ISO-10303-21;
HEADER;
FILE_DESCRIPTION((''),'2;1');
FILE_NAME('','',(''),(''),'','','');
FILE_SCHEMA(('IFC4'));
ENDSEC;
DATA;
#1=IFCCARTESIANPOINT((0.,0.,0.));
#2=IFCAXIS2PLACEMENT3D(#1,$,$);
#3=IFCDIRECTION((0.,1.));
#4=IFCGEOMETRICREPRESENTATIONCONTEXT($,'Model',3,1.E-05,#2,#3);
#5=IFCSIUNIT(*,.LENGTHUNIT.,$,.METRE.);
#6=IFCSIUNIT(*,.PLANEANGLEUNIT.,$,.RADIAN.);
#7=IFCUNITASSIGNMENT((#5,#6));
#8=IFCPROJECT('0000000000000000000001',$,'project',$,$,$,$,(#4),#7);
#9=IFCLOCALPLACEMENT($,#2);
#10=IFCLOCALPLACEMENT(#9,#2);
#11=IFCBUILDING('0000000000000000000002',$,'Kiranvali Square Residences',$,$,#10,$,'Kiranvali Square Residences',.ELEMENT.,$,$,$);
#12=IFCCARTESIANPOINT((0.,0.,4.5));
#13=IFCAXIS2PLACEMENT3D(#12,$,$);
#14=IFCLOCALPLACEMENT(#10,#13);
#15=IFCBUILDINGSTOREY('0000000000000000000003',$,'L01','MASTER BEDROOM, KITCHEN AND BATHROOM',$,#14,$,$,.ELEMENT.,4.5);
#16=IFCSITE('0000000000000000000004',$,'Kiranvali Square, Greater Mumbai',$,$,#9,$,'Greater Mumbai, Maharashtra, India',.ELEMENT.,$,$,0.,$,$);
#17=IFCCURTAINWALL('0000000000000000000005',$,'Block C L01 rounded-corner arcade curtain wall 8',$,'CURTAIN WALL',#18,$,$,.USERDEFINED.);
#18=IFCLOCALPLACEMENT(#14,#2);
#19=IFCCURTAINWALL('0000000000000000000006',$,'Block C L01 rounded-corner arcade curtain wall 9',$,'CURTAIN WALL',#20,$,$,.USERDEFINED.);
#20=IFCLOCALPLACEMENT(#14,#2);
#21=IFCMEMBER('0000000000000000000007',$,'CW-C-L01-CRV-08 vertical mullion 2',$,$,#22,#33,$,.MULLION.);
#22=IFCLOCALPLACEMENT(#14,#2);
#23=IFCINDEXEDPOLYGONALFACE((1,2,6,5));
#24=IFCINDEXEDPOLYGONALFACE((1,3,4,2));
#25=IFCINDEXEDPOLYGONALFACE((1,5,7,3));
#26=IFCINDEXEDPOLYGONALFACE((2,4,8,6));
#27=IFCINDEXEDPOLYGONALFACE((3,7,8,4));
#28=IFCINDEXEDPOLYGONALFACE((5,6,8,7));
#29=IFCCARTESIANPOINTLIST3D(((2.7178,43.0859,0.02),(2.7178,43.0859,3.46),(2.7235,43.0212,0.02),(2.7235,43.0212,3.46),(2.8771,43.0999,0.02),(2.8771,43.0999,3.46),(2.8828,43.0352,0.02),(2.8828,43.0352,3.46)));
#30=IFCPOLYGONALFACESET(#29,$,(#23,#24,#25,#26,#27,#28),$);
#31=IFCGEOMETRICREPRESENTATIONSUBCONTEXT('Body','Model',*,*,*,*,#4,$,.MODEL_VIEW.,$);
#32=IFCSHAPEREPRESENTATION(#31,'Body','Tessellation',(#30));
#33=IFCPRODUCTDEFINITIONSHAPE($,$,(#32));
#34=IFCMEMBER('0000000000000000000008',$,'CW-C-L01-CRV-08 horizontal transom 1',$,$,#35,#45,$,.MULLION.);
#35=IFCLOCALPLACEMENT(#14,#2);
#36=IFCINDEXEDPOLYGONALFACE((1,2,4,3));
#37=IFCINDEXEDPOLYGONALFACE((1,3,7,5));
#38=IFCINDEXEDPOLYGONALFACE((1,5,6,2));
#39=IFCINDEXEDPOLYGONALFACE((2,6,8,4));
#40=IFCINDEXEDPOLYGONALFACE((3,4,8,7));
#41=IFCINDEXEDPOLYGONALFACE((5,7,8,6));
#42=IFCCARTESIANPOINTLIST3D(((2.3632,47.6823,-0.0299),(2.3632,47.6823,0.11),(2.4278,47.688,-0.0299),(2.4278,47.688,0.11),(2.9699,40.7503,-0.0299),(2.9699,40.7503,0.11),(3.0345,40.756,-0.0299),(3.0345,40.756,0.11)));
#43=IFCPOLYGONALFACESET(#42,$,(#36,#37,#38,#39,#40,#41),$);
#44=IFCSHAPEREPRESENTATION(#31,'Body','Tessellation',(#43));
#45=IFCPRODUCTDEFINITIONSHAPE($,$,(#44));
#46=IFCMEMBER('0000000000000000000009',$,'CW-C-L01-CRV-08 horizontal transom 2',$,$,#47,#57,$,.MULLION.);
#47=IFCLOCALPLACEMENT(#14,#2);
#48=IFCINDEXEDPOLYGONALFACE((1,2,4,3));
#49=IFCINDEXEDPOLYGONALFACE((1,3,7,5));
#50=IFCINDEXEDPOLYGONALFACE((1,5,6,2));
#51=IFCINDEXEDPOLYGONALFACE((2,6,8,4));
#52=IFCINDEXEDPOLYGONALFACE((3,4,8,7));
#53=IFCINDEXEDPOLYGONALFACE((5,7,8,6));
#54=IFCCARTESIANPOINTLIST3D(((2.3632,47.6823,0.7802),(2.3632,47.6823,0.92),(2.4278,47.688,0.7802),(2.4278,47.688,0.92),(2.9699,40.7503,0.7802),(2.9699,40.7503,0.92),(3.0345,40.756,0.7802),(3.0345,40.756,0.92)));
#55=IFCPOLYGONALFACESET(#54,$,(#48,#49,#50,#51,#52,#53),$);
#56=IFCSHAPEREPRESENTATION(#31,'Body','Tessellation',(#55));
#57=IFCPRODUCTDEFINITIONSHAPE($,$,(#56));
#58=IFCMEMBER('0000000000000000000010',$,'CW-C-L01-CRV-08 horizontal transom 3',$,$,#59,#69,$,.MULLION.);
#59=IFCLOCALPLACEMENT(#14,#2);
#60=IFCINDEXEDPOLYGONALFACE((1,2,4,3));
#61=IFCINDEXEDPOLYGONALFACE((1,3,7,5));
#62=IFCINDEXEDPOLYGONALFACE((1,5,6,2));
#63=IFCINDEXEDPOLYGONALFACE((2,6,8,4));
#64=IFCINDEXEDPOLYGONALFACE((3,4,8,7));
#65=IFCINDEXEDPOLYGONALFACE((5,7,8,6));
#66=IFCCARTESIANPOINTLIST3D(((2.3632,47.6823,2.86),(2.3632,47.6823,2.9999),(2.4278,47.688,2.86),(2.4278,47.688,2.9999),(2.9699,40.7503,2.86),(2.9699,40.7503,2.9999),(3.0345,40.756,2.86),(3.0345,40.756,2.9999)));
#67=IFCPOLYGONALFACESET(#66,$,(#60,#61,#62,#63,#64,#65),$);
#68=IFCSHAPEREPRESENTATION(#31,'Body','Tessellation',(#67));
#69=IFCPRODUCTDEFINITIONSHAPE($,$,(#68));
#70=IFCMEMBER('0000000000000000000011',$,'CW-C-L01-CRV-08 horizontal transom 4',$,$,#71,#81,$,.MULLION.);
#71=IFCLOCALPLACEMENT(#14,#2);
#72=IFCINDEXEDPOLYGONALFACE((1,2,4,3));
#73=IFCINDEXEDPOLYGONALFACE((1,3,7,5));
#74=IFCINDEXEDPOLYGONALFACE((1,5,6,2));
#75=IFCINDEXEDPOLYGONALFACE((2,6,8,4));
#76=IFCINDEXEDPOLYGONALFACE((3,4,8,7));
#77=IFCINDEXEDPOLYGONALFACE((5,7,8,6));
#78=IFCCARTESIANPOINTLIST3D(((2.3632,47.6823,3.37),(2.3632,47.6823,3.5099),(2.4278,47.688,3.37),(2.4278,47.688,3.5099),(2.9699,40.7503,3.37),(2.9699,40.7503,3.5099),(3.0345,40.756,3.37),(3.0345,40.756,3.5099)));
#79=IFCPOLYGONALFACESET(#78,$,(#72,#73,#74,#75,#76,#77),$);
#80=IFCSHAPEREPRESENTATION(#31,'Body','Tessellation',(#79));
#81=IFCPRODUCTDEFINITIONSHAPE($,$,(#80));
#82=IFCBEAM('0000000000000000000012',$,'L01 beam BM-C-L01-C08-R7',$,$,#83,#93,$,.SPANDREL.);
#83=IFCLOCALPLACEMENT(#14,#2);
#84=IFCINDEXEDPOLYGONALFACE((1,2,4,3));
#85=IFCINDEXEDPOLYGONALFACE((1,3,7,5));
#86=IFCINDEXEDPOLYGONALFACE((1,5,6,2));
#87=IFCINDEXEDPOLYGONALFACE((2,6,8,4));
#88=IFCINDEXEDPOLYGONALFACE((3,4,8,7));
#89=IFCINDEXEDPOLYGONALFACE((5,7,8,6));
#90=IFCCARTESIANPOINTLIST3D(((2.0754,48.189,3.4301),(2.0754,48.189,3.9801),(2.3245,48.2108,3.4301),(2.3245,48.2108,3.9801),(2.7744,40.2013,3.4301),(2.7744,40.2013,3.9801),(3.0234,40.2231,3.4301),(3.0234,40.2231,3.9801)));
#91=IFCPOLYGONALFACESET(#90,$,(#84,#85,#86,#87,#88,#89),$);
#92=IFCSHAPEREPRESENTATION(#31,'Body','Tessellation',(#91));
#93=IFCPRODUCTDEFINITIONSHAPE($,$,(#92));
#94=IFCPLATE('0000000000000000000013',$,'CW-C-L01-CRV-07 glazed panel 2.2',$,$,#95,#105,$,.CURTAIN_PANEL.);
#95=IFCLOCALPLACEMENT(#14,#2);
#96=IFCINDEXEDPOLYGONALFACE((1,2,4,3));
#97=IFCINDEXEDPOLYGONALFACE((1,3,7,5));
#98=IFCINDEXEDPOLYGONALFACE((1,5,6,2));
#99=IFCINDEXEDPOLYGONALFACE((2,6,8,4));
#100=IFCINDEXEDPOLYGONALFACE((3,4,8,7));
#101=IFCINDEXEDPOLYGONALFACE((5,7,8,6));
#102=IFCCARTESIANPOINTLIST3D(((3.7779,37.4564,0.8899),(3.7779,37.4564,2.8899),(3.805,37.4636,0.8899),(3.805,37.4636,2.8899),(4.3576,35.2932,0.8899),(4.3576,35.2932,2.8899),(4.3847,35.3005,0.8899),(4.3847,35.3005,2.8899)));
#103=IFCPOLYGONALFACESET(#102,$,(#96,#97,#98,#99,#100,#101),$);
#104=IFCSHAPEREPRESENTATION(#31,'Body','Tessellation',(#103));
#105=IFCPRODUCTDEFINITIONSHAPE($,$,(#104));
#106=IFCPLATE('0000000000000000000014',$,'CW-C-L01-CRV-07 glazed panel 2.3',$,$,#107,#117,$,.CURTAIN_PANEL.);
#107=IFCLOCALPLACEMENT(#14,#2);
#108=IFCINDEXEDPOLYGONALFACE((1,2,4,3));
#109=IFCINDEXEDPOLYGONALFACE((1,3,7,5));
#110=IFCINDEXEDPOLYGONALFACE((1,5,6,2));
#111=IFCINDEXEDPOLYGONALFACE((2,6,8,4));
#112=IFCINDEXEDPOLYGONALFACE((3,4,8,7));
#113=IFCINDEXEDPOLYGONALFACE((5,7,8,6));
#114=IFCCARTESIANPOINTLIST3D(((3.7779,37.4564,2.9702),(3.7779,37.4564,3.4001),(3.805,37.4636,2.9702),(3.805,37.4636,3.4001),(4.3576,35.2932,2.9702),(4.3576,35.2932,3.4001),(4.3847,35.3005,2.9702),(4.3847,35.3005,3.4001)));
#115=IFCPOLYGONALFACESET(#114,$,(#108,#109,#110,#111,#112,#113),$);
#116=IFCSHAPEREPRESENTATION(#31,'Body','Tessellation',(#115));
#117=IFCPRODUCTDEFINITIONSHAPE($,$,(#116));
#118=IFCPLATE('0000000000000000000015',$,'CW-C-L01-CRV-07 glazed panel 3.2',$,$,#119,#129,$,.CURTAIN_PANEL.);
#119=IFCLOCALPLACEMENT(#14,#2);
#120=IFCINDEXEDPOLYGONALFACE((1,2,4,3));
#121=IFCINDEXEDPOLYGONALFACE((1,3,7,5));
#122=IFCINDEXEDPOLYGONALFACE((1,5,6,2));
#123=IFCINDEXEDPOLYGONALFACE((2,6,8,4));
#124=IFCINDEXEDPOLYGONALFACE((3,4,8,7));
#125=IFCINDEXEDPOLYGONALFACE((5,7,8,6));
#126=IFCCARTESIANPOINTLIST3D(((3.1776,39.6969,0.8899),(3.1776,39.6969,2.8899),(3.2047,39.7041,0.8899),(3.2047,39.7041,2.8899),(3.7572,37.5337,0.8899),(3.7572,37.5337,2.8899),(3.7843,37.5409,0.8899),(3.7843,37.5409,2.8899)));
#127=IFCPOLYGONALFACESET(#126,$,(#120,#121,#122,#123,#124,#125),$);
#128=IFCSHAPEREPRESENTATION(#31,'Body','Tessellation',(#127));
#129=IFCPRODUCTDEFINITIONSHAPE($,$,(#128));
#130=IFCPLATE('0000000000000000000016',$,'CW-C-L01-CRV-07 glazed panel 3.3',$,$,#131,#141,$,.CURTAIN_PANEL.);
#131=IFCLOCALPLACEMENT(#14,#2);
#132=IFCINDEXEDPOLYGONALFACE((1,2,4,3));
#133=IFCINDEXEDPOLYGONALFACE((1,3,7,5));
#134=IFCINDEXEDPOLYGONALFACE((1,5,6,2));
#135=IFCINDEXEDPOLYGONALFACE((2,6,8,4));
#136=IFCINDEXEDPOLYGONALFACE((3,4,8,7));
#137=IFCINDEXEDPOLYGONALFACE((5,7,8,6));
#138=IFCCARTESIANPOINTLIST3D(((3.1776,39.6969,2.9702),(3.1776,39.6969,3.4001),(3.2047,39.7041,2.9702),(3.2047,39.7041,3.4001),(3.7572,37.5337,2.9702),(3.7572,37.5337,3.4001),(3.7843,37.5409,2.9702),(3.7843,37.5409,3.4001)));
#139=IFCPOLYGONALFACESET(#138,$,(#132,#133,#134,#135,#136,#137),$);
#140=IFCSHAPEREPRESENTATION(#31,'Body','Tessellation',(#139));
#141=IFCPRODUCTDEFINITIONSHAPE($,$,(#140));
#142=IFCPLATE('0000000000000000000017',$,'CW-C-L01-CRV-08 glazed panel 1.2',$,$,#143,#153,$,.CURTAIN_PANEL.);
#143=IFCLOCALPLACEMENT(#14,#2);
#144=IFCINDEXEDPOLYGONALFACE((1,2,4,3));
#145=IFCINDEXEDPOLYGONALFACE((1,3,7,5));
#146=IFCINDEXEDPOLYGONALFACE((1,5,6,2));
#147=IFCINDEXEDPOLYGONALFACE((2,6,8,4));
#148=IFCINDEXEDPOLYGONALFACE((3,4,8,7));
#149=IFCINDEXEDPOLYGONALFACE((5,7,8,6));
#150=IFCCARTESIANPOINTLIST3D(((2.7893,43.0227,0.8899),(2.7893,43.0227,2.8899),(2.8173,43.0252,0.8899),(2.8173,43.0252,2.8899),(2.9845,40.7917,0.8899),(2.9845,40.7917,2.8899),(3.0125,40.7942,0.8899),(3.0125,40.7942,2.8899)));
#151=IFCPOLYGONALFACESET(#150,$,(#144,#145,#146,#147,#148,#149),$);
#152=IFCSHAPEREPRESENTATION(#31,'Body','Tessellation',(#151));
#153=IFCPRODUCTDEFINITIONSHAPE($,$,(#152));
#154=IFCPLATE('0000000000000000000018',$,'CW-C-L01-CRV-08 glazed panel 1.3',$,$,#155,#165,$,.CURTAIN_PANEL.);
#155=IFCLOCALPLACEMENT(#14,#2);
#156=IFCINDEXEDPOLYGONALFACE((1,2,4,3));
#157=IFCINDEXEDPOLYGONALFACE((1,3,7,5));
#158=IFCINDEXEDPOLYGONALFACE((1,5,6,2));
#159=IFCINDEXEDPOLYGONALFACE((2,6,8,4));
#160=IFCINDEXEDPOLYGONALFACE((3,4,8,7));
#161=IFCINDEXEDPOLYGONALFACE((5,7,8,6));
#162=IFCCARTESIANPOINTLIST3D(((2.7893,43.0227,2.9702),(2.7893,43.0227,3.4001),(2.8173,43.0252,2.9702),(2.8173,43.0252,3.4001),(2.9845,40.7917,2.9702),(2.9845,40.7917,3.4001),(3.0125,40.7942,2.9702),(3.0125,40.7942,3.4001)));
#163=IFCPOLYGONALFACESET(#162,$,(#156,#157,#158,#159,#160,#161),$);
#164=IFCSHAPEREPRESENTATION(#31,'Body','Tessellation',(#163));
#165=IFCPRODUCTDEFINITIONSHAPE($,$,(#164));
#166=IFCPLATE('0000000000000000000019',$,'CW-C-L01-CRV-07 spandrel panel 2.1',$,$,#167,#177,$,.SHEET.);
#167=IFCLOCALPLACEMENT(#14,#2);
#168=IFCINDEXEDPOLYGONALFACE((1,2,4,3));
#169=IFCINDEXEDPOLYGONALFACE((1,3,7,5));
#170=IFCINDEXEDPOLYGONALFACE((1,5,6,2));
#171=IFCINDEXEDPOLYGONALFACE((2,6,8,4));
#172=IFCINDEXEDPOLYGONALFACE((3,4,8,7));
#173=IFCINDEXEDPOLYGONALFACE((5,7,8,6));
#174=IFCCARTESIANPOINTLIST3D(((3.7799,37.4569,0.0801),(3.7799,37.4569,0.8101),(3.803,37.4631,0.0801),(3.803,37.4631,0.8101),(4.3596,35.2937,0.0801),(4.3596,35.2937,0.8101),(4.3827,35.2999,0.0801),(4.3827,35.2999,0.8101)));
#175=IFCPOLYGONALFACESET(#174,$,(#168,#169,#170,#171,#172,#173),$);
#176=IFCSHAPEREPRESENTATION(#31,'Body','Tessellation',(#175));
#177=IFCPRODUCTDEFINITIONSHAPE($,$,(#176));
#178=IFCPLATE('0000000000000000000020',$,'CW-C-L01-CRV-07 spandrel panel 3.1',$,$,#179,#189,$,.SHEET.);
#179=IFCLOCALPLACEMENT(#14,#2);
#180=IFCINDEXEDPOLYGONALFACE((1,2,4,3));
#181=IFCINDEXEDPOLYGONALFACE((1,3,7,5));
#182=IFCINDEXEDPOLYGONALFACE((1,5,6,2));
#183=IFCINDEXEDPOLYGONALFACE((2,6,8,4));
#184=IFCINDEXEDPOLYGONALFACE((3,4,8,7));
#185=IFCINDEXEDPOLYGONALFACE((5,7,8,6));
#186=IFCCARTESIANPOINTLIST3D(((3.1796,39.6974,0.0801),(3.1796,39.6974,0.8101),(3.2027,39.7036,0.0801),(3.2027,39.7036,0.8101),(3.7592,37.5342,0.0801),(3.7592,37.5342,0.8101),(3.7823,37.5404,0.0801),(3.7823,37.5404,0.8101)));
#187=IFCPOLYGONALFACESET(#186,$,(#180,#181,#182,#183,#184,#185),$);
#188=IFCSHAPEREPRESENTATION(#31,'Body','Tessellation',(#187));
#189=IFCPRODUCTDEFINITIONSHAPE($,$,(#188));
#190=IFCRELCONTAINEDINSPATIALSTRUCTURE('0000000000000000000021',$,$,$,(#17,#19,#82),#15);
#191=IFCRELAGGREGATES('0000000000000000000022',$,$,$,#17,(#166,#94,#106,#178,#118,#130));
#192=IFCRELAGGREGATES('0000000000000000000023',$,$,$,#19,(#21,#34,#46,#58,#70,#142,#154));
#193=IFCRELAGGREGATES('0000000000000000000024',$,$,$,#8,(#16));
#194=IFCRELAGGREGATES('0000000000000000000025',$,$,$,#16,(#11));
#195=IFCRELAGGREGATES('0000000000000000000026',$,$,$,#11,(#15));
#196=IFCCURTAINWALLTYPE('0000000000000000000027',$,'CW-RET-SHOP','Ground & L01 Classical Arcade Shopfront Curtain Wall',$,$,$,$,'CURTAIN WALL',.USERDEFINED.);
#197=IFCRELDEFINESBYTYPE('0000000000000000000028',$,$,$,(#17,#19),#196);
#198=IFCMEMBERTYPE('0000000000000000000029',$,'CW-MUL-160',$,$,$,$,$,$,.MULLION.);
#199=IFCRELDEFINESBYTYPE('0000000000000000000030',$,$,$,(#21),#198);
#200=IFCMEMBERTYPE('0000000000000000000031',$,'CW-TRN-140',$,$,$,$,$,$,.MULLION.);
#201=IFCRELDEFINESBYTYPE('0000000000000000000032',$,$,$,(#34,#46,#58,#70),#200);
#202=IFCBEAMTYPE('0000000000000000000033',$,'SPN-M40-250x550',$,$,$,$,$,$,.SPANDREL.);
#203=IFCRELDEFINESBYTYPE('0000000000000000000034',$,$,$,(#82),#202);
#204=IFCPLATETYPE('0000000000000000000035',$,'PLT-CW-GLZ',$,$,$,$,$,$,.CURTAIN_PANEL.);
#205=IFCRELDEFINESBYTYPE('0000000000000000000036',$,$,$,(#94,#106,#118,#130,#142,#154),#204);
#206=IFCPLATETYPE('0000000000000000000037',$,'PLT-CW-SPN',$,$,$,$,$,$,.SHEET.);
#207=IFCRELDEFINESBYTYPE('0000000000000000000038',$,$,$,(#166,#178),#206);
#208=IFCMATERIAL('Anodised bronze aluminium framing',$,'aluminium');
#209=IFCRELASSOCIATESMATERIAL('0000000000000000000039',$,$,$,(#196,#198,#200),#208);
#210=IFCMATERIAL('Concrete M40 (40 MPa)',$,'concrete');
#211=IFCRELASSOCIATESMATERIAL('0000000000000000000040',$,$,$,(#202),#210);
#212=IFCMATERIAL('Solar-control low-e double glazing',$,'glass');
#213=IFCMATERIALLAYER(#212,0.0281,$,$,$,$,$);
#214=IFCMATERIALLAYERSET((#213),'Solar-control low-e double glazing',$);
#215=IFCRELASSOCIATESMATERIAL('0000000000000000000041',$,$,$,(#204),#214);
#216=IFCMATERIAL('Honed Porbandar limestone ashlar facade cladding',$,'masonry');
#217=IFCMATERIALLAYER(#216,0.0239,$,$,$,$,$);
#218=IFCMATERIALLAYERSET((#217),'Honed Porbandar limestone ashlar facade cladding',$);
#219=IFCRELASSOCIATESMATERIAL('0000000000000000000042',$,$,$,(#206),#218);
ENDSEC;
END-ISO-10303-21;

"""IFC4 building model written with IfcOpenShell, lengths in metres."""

from ifc_helpers import new_model, si_unit, direction, frame, origin, origin_2d, place, context, subcontext, project, spatial, rectangle, extrude, material, layer, layer_set, material_profile, profile_set, type_object, element, aggregate, save


model = new_model("IFC4")

# Units and contexts
model_context = context("Model", 3, precision=1e-05, world=origin(), true_north=direction((0.0, 1.0)))
body_context = subcontext(model_context, "Body", "Model", "MODEL_VIEW")
ifc_project = project(units=[si_unit("LENGTHUNIT", "METRE"), si_unit("PLANEANGLEUNIT", "RADIAN")], contexts=[model_context])

# Site, building, storey
site_placement = place(None, origin())
site = spatial("IfcSite", under=ifc_project, at=site_placement, Name="Kiranvali Square, Greater Mumbai", LongName="Greater Mumbai, Maharashtra, India", CompositionType="ELEMENT", RefElevation=0.0)
building_placement = place(site_placement, origin())
building = spatial("IfcBuilding", under=site, at=building_placement, Name="Kiranvali Square Residences", LongName="Kiranvali Square Residences", CompositionType="ELEMENT")
storey_placement = place(building_placement, frame((0.0, 0.0, 4.5)))
storey = spatial("IfcBuildingStorey", under=building, at=storey_placement, Name="L01", Description="MASTER BEDROOM, KITCHEN AND BATHROOM", CompositionType="ELEMENT", Elevation=4.5)

# Shared definitions
ifc_material_1 = material(Name="Concrete M40 (40 MPa)", Category="concrete")

# Curtain walls, members
ifc_material_2 = material(Name="Anodised bronze aluminium framing", Category="aluminium")
curtain_wall_type = type_object("IfcCurtainWallType", Name="CW-RET-SHOP", Description="Ground & L01 Classical Arcade Shopfront Curtain Wall", ElementType="CURTAIN WALL", PredefinedType="USERDEFINED", material=ifc_material_2)
curtain_wall_1_placement = place(storey_placement, origin())
curtain_wall_1 = element("IfcCurtainWall", 1, at=curtain_wall_1_placement, inside=storey, type_object=curtain_wall_type, Name="Block C L01 rounded-corner arcade curtain wall 8", ObjectType="CURTAIN WALL", PredefinedType="USERDEFINED")
ifc_material_profile_1 = material_profile(ifc_material_2, rectangle(XDim=0.0649, YDim=0.1599, at=origin_2d()), Name="ALU 65x160")
ifc_profile_set_1 = profile_set([ifc_material_profile_1], Name="Anodised bronze aluminium framing")
member_type_1 = type_object("IfcMemberType", Name="CW-MUL-160", PredefinedType="MULLION", material=ifc_profile_set_1)
curtain_wall_2_placement = place(storey_placement, origin())
curtain_wall_2 = element("IfcCurtainWall", 2, at=curtain_wall_2_placement, inside=storey, type_object=curtain_wall_type, Name="Block C L01 rounded-corner arcade curtain wall 9", ObjectType="CURTAIN WALL", PredefinedType="USERDEFINED")
member_1_placement = place(storey_placement, frame((2.8003, 43.0605, 0.02), z_axis=(0.0, 0.0, 1.0), x_axis=(-0.087156, 0.996195, 0.0)))
member_1 = element("IfcMember", 3, at=member_1_placement, type_object=member_type_1, Name="CW-C-L01-CRV-08 vertical mullion 2", PredefinedType="MULLION", context=body_context, shape_type="SweptSolid", body=[
    extrude(rectangle(XDim=0.0649, YDim=0.1599, at=origin_2d()), origin(), (0.0, 0.0, 1.0), 3.4399),
])
ifc_material_profile_2 = material_profile(ifc_material_2, rectangle(XDim=0.0649, YDim=0.1399, at=origin_2d()), Name="ALU 65x140")
ifc_profile_set_2 = profile_set([ifc_material_profile_2], Name="Anodised bronze aluminium framing")
member_type_2 = type_object("IfcMemberType", Name="CW-TRN-140", PredefinedType="MULLION", material=ifc_profile_set_2)
member_2_placement = place(storey_placement, frame((3.0022, 40.7532, 0.04), z_axis=(-0.087188, 0.996192, 0.0), x_axis=(-0.996192, -0.087188, 0.0)))
member_2 = element("IfcMember", 4, at=member_2_placement, type_object=member_type_2, Name="CW-C-L01-CRV-08 horizontal transom 1", PredefinedType="MULLION", context=body_context, shape_type="SweptSolid", body=[
    extrude(rectangle(XDim=0.0649, YDim=0.1399, at=origin_2d()), origin(), (0.0, 0.0, 1.0), 6.9585),
])
member_3_placement = place(storey_placement, frame((3.0022, 40.7532, 0.8501), z_axis=(-0.087188, 0.996192, 0.0), x_axis=(-0.996192, -0.087188, 0.0)))
member_3 = element("IfcMember", 5, at=member_3_placement, type_object=member_type_2, Name="CW-C-L01-CRV-08 horizontal transom 2", PredefinedType="MULLION", context=body_context, shape_type="SweptSolid", body=[
    extrude(rectangle(XDim=0.0649, YDim=0.1399, at=origin_2d()), origin(), (0.0, 0.0, 1.0), 6.9585),
])
member_4_placement = place(storey_placement, frame((3.0022, 40.7532, 2.9299), z_axis=(-0.087188, 0.996192, 0.0), x_axis=(-0.996192, -0.087188, 0.0)))
member_4 = element("IfcMember", 6, at=member_4_placement, type_object=member_type_2, Name="CW-C-L01-CRV-08 horizontal transom 3", PredefinedType="MULLION", context=body_context, shape_type="SweptSolid", body=[
    extrude(rectangle(XDim=0.0649, YDim=0.1399, at=origin_2d()), origin(), (0.0, 0.0, 1.0), 6.9585),
])
member_5_placement = place(storey_placement, frame((3.0022, 40.7532, 3.4399), z_axis=(-0.087188, 0.996192, 0.0), x_axis=(-0.996192, -0.087188, 0.0)))
member_5 = element("IfcMember", 7, at=member_5_placement, type_object=member_type_2, Name="CW-C-L01-CRV-08 horizontal transom 4", PredefinedType="MULLION", context=body_context, shape_type="SweptSolid", body=[
    extrude(rectangle(XDim=0.0649, YDim=0.1399, at=origin_2d()), origin(), (0.0, 0.0, 1.0), 6.9585),
])

# Beam
ifc_material_profile_3 = material_profile(ifc_material_1, rectangle(XDim=0.25, YDim=0.55, at=origin_2d()), Name="RC 250x550")
ifc_profile_set_3 = profile_set([ifc_material_profile_3], Name="Concrete M40 (40 MPa)")
beam_type_1 = type_object("IfcBeamType", Name="SPN-M40-250x550", PredefinedType="SPANDREL", material=ifc_profile_set_3)
beam_1_placement = place(storey_placement, frame((2.8989, 40.2122, 3.7051), z_axis=(-0.087172, 0.996193, 0.0), x_axis=(-0.996193, -0.087172, 0.0)))
element("IfcBeam", 8, at=beam_1_placement, inside=storey, type_object=beam_type_1, Name="L01 beam BM-C-L01-C08-R7", PredefinedType="SPANDREL", context=body_context, shape_type="SweptSolid", body=[
    extrude(rectangle(XDim=0.25, YDim=0.55, at=origin_2d()), origin(), (0.0, 0.0, 1.0), 8.0183),
])

# Plates
ifc_material_3 = material(Name="Solar-control low-e double glazing", Category="glass")
ifc_layer_1 = layer(ifc_material_3, 0.0281)
ifc_layer_set_1 = layer_set([ifc_layer_1], Name="Solar-control low-e double glazing")
plate_type_1 = type_object("IfcPlateType", Name="PLT-CW-GLZ", PredefinedType="CURTAIN_PANEL", material=ifc_layer_set_1)
plate_1_placement = place(storey_placement, frame((4.0813, 36.3784, 0.8899), z_axis=(0.0, 0.0, 1.0), x_axis=(-0.258819, 0.965926, 0.0)))
plate_1 = element("IfcPlate", 9, at=plate_1_placement, type_object=plate_type_1, Name="CW-C-L01-CRV-07 glazed panel 2.2", PredefinedType="CURTAIN_PANEL", context=body_context, shape_type="SweptSolid", body=[
    extrude(rectangle(XDim=2.2395, YDim=0.0281, at=origin_2d()), origin(), (0.0, 0.0, 1.0), 2.0),
])
plate_2_placement = place(storey_placement, frame((4.0813, 36.3784, 2.9702), z_axis=(0.0, 0.0, 1.0), x_axis=(-0.258819, 0.965926, 0.0)))
plate_2 = element("IfcPlate", 10, at=plate_2_placement, type_object=plate_type_1, Name="CW-C-L01-CRV-07 glazed panel 2.3", PredefinedType="CURTAIN_PANEL", context=body_context, shape_type="SweptSolid", body=[
    extrude(rectangle(XDim=2.2395, YDim=0.0281, at=origin_2d()), origin(), (0.0, 0.0, 1.0), 0.4299),
])
plate_3_placement = place(storey_placement, frame((3.481, 38.6189, 0.8899), z_axis=(0.0, 0.0, 1.0), x_axis=(-0.258819, 0.965926, 0.0)))
plate_3 = element("IfcPlate", 11, at=plate_3_placement, type_object=plate_type_1, Name="CW-C-L01-CRV-07 glazed panel 3.2", PredefinedType="CURTAIN_PANEL", context=body_context, shape_type="SweptSolid", body=[
    extrude(rectangle(XDim=2.2395, YDim=0.0281, at=origin_2d()), origin(), (0.0, 0.0, 1.0), 2.0),
])
plate_4_placement = place(storey_placement, frame((3.481, 38.6189, 2.9702), z_axis=(0.0, 0.0, 1.0), x_axis=(-0.258819, 0.965926, 0.0)))
plate_4 = element("IfcPlate", 12, at=plate_4_placement, type_object=plate_type_1, Name="CW-C-L01-CRV-07 glazed panel 3.3", PredefinedType="CURTAIN_PANEL", context=body_context, shape_type="SweptSolid", body=[
    extrude(rectangle(XDim=2.2395, YDim=0.0281, at=origin_2d()), origin(), (0.0, 0.0, 1.0), 0.4299),
])
plate_5_placement = place(storey_placement, frame((2.9009, 41.9084, 0.8899), z_axis=(0.0, 0.0, 1.0), x_axis=(-0.087156, 0.996195, 0.0)))
plate_5 = element("IfcPlate", 13, at=plate_5_placement, type_object=plate_type_1, Name="CW-C-L01-CRV-08 glazed panel 1.2", PredefinedType="CURTAIN_PANEL", context=body_context, shape_type="SweptSolid", body=[
    extrude(rectangle(XDim=2.2395, YDim=0.0281, at=origin_2d()), origin(), (0.0, 0.0, 1.0), 2.0),
])
plate_6_placement = place(storey_placement, frame((2.9009, 41.9084, 2.9702), z_axis=(0.0, 0.0, 1.0), x_axis=(-0.087156, 0.996195, 0.0)))
plate_6 = element("IfcPlate", 14, at=plate_6_placement, type_object=plate_type_1, Name="CW-C-L01-CRV-08 glazed panel 1.3", PredefinedType="CURTAIN_PANEL", context=body_context, shape_type="SweptSolid", body=[
    extrude(rectangle(XDim=2.2395, YDim=0.0281, at=origin_2d()), origin(), (0.0, 0.0, 1.0), 0.4299),
])
ifc_material_4 = material(Name="Honed Porbandar limestone ashlar facade cladding", Category="masonry")
ifc_layer_2 = layer(ifc_material_4, 0.0239)
ifc_layer_set_2 = layer_set([ifc_layer_2], Name="Honed Porbandar limestone ashlar facade cladding")
plate_type_2 = type_object("IfcPlateType", Name="PLT-CW-SPN", PredefinedType="SHEET", material=ifc_layer_set_2)
plate_7_placement = place(storey_placement, frame((4.0813, 36.3784, 0.0801), z_axis=(0.0, 0.0, 1.0), x_axis=(-0.258819, 0.965926, 0.0)))
plate_7 = element("IfcPlate", 15, at=plate_7_placement, type_object=plate_type_2, Name="CW-C-L01-CRV-07 spandrel panel 2.1", PredefinedType="SHEET", context=body_context, shape_type="SweptSolid", body=[
    extrude(rectangle(XDim=2.2395, YDim=0.0239, at=origin_2d()), origin(), (0.0, 0.0, 1.0), 0.73),
])
plate_8_placement = place(storey_placement, frame((3.481, 38.6189, 0.0801), z_axis=(0.0, 0.0, 1.0), x_axis=(-0.258819, 0.965926, 0.0)))
plate_8 = element("IfcPlate", 16, at=plate_8_placement, type_object=plate_type_2, Name="CW-C-L01-CRV-07 spandrel panel 3.1", PredefinedType="SHEET", context=body_context, shape_type="SweptSolid", body=[
    extrude(rectangle(XDim=2.2395, YDim=0.0239, at=origin_2d()), origin(), (0.0, 0.0, 1.0), 0.73),
])
aggregate(curtain_wall_1, [plate_7, plate_1, plate_2, plate_8, plate_3, plate_4])
aggregate(curtain_wall_2, [member_1, member_2, member_3, member_4, member_5, plate_5, plate_6])

save(model, "model.ifc")
